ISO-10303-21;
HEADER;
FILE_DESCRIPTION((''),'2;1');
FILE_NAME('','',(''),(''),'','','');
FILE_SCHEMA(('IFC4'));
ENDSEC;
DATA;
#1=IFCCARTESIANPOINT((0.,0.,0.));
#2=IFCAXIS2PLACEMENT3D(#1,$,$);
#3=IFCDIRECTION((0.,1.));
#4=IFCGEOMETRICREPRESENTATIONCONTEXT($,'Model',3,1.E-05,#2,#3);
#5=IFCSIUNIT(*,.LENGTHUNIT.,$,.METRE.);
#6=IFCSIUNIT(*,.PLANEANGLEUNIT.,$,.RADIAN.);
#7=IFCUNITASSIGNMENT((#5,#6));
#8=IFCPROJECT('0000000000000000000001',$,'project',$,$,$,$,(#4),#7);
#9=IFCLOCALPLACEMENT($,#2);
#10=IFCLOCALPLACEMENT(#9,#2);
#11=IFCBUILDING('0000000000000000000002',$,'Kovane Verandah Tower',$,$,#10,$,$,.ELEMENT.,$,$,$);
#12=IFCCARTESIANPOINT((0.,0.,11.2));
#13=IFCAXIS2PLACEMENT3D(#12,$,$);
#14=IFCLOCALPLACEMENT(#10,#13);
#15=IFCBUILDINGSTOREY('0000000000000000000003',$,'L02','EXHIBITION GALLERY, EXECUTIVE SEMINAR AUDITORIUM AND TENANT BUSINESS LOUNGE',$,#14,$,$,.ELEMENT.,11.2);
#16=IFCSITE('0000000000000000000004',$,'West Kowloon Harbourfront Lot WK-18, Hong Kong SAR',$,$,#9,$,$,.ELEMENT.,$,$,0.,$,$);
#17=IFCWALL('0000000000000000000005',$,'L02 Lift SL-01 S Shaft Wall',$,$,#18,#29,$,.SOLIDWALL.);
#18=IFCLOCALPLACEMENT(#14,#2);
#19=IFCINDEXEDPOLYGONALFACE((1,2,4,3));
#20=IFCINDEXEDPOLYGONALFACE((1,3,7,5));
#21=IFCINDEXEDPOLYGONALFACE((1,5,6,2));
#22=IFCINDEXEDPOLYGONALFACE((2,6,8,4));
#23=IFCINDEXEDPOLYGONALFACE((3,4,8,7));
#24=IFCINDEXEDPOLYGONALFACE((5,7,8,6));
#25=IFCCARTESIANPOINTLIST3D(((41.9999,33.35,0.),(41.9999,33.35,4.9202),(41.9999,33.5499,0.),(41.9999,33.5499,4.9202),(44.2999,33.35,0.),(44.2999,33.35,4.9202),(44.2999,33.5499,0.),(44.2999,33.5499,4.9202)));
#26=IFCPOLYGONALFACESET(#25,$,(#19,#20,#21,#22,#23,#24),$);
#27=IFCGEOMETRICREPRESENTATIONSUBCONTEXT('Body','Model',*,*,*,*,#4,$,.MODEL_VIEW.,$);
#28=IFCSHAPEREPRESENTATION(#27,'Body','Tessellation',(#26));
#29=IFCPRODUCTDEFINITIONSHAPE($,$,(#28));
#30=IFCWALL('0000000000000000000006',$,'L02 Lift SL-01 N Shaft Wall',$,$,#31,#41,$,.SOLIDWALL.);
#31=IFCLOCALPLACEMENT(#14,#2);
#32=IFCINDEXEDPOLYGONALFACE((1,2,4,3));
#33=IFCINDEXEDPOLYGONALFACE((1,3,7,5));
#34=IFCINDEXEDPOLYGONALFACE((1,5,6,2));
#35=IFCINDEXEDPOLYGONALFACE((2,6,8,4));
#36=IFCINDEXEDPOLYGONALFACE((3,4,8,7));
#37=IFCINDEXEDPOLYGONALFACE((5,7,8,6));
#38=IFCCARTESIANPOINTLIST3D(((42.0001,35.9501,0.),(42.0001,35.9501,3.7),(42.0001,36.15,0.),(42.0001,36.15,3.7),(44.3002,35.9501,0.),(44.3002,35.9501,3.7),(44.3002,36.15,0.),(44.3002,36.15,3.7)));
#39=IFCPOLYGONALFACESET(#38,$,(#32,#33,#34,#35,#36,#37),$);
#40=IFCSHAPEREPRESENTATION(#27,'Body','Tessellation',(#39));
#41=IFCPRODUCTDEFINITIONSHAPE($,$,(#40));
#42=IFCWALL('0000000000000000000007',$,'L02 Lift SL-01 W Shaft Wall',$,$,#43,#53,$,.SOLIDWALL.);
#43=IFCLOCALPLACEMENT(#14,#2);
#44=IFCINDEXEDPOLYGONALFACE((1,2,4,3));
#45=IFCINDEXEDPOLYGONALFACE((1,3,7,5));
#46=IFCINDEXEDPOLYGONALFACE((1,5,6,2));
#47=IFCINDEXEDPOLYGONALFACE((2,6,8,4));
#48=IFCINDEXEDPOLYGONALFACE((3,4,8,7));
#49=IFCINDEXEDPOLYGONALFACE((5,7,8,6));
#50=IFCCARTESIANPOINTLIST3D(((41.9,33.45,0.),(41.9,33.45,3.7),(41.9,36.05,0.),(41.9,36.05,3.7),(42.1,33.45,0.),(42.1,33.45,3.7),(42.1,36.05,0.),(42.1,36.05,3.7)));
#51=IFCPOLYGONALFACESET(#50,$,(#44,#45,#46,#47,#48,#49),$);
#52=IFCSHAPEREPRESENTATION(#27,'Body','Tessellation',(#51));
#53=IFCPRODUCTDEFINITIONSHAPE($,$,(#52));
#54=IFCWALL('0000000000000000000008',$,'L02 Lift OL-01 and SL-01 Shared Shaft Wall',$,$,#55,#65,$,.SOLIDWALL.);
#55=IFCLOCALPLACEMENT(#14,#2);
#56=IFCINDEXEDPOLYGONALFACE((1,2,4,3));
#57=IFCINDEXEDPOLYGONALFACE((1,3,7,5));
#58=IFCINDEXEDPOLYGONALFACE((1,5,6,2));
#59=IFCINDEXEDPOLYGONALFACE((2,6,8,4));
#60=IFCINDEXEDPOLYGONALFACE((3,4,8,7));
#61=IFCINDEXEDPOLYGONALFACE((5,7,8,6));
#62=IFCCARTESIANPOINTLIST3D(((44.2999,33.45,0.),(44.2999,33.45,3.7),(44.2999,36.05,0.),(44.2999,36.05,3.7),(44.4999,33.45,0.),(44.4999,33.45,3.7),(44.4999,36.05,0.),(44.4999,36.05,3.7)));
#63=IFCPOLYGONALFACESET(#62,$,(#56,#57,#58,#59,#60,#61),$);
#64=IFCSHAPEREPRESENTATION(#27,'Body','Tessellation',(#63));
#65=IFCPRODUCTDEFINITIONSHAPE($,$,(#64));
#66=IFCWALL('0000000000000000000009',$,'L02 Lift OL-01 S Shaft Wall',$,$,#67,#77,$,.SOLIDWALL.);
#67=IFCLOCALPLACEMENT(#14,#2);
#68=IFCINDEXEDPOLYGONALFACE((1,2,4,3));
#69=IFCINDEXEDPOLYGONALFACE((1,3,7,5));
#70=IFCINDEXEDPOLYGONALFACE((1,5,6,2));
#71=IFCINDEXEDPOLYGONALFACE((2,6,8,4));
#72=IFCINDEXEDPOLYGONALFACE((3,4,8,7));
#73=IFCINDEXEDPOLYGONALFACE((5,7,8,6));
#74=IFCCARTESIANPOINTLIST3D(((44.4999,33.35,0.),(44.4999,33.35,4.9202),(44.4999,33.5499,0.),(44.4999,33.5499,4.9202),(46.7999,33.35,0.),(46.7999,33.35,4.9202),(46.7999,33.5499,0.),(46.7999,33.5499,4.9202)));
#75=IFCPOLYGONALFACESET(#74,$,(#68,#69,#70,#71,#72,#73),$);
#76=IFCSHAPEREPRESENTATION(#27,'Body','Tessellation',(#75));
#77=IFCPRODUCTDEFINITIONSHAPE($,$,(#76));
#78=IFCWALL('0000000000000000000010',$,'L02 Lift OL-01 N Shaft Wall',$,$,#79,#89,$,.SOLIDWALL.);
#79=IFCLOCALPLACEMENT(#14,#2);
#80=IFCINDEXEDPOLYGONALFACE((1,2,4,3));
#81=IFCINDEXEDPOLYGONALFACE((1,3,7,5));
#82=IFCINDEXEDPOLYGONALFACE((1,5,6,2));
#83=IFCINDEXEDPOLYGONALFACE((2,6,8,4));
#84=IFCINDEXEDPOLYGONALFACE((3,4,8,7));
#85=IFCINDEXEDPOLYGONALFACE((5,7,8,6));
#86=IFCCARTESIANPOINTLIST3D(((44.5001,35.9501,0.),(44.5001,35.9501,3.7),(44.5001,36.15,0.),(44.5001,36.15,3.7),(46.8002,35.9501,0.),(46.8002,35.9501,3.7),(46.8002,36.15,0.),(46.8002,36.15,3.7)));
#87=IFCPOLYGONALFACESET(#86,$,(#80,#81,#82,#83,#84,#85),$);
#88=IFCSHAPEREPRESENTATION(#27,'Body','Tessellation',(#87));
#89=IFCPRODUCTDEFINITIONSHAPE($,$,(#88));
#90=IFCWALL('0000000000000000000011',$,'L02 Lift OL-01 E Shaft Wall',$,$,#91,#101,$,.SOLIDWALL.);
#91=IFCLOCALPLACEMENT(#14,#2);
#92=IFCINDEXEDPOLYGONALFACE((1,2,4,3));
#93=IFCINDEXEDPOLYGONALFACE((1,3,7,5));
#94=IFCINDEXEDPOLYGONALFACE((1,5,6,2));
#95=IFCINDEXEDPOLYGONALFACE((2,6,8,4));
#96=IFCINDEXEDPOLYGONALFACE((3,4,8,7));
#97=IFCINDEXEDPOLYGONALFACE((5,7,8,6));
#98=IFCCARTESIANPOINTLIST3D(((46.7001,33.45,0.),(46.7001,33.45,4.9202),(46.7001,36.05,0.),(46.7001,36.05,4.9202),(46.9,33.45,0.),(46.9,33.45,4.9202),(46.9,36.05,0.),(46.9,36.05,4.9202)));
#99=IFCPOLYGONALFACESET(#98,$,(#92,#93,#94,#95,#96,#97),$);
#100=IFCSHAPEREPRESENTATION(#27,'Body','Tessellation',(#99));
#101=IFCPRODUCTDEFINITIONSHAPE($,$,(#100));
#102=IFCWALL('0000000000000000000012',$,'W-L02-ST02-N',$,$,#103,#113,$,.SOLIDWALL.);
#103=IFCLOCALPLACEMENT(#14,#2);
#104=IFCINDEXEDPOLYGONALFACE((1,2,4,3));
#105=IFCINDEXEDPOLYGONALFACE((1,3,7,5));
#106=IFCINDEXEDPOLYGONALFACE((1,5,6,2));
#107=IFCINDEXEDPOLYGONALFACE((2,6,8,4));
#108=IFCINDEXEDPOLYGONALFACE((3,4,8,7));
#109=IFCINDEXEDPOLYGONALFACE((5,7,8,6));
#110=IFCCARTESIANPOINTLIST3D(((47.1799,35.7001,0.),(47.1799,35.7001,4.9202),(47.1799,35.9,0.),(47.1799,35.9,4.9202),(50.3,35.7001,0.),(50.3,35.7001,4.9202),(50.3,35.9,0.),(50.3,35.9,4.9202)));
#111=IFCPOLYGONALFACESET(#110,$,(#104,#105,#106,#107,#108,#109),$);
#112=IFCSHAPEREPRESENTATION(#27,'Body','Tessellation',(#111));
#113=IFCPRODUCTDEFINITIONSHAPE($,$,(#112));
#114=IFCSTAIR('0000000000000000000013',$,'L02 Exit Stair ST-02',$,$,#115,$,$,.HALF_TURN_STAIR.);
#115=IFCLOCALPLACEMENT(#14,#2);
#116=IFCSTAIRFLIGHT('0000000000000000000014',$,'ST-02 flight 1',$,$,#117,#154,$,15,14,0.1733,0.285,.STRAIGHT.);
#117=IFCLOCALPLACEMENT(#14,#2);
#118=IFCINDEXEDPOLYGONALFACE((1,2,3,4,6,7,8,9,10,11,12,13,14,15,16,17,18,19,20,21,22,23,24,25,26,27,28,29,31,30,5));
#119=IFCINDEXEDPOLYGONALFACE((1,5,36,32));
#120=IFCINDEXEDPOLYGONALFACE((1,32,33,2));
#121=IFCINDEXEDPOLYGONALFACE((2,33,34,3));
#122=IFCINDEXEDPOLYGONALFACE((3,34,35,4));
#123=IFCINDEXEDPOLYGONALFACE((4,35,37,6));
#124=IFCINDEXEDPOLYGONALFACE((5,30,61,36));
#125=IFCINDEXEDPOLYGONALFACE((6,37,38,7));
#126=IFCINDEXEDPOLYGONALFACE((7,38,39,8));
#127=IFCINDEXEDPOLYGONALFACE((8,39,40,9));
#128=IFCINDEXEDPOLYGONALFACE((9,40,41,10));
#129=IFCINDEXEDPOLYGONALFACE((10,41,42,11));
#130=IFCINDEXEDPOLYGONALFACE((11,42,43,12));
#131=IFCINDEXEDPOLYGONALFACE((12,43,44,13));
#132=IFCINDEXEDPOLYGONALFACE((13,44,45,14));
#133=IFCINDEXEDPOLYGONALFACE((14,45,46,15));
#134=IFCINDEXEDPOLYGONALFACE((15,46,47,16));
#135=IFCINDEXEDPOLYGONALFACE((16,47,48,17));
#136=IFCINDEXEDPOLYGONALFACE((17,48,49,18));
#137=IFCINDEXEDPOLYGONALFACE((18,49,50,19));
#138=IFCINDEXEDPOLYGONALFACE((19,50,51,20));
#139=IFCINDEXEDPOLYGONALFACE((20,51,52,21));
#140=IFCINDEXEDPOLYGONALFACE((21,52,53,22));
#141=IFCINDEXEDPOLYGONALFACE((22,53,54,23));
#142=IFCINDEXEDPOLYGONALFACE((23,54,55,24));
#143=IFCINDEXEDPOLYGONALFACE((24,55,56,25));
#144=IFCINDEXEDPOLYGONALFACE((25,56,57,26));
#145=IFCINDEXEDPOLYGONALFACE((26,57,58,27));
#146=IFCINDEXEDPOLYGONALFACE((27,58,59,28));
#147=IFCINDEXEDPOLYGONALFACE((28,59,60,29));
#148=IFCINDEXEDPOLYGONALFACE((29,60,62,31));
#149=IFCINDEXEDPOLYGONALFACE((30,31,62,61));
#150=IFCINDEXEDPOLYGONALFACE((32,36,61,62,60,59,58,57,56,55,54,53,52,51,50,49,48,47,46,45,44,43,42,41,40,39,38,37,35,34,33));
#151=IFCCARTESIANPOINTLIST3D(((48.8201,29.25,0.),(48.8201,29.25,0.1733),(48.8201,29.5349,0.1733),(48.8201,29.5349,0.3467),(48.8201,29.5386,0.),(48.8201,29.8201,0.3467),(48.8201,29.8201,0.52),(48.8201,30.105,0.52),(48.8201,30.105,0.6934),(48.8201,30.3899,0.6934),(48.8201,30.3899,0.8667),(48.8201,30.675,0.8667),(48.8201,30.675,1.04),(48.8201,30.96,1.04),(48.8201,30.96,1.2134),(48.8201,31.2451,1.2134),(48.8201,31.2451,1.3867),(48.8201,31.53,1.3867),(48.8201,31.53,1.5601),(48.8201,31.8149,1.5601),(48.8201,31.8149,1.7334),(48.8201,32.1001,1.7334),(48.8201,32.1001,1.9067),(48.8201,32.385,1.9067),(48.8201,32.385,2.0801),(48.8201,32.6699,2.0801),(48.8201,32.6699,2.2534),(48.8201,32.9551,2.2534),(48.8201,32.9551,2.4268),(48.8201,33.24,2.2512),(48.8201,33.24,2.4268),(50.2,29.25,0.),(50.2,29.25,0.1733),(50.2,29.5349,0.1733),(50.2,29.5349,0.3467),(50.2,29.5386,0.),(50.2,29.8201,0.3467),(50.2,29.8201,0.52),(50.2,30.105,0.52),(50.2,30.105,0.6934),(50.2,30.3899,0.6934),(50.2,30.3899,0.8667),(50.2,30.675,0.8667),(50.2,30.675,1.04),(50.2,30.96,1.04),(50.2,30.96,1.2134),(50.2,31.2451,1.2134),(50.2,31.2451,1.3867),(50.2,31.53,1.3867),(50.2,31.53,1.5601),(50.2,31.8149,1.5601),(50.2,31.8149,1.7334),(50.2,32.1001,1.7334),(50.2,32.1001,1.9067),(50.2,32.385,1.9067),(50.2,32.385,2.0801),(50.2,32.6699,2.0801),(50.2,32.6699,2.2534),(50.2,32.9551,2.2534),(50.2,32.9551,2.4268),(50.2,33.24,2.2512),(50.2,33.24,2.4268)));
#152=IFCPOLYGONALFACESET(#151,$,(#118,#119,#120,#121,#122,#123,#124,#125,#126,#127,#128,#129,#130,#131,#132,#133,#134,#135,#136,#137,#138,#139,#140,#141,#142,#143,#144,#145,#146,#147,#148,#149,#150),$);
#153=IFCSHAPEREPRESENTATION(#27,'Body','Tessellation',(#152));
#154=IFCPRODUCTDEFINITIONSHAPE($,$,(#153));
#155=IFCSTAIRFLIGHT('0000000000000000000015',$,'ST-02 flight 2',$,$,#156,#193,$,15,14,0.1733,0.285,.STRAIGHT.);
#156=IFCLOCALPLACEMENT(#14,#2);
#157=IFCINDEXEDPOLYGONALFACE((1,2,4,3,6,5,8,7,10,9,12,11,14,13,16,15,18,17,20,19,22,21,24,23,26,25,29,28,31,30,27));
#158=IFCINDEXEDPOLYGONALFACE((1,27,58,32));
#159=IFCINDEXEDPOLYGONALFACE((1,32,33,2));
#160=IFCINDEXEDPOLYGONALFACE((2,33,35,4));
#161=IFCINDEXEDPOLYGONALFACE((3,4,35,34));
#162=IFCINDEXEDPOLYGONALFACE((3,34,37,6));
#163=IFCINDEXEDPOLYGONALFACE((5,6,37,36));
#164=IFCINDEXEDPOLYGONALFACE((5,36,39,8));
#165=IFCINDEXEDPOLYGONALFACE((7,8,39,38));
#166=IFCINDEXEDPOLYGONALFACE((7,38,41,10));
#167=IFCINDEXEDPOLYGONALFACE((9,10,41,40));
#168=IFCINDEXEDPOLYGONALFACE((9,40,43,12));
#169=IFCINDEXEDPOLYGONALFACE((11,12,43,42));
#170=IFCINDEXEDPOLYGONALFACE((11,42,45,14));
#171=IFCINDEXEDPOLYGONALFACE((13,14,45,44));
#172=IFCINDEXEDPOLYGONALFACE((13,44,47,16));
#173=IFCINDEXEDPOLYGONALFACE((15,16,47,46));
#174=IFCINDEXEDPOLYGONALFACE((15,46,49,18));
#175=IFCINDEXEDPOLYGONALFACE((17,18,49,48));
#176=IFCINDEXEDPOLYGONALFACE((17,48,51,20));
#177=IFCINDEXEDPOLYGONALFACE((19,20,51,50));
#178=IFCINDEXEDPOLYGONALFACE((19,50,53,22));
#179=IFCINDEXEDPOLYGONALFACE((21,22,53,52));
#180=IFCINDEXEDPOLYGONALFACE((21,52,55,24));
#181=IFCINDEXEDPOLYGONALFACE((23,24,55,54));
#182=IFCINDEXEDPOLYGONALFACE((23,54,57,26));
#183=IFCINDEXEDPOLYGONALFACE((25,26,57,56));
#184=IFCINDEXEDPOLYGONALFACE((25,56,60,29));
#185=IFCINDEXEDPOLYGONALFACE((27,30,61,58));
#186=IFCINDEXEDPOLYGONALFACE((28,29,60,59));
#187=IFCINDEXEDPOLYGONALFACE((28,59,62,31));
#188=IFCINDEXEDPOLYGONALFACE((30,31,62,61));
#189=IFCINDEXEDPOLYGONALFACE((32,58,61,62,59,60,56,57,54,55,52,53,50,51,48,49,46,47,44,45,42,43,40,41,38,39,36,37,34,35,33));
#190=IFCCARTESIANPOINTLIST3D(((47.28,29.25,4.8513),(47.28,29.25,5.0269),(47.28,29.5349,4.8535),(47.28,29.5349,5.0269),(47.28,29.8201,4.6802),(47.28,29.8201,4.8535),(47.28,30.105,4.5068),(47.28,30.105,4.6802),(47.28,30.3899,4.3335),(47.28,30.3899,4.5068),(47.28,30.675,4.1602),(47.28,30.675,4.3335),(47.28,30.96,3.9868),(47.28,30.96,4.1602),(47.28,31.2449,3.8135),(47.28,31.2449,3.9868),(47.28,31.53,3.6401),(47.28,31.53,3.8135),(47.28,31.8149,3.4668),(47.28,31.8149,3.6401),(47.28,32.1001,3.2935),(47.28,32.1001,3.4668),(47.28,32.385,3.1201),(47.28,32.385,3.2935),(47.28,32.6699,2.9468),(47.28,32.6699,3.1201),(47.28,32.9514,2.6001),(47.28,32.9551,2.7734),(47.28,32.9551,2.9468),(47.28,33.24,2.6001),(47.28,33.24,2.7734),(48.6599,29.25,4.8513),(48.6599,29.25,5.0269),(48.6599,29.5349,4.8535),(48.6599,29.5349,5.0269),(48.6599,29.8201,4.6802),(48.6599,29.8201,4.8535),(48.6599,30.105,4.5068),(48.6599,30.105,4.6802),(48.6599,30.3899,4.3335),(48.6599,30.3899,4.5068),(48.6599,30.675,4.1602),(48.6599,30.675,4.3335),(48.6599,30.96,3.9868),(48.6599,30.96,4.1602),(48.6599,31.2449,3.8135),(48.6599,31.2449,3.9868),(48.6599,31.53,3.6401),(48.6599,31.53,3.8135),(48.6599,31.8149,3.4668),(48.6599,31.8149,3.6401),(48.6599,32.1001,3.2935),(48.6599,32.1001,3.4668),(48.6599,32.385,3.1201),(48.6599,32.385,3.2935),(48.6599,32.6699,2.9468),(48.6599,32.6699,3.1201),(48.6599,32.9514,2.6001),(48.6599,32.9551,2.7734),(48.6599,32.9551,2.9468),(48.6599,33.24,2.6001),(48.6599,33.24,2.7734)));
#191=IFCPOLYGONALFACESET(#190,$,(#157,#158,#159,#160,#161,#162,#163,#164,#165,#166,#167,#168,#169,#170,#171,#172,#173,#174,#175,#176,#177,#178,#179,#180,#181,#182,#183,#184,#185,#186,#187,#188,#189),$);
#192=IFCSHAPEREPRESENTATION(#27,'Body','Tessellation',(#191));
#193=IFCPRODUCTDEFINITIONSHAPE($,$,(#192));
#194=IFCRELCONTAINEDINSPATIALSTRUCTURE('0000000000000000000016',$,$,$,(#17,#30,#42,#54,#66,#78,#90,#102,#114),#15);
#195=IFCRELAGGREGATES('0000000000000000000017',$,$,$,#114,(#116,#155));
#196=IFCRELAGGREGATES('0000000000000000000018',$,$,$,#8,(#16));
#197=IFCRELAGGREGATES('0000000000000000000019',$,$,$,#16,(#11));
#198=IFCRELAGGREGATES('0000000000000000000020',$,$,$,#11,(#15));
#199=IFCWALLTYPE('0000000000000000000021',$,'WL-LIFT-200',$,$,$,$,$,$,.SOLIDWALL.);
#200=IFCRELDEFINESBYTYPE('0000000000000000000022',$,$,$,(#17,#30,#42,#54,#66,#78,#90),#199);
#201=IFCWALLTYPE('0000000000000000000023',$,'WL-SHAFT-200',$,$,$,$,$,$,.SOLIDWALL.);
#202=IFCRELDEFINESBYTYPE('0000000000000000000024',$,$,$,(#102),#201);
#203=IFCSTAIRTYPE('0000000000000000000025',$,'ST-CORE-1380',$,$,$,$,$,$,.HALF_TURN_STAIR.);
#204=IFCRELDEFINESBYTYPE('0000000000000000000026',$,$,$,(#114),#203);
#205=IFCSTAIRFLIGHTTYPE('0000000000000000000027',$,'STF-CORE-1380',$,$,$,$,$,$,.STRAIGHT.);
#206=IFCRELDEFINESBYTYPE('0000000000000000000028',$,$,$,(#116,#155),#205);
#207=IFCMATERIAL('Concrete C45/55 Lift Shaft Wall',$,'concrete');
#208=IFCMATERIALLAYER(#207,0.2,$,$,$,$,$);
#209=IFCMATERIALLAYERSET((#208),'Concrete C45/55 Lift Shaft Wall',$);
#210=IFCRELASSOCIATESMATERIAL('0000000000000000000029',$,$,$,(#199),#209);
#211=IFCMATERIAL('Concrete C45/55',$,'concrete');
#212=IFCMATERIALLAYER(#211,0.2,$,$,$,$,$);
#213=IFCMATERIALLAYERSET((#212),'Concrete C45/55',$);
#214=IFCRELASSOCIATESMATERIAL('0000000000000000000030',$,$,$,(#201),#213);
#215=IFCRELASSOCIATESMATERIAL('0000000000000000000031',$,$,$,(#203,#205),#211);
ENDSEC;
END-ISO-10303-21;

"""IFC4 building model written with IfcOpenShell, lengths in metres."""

from ifc_helpers import new_model, si_unit, direction, frame, frame_2d, origin, place, context, subcontext, project, spatial, polyline, rectangle, outline, extrude, material, layer, layer_set, type_object, element, aggregate, save


model = new_model("IFC4")

# Units and contexts
model_context = context("Model", 3, precision=1e-05, world=origin(), true_north=direction((0.0, 1.0)))
body_context = subcontext(model_context, "Body", "Model", "MODEL_VIEW")
ifc_project = project(units=[si_unit("LENGTHUNIT", "METRE"), si_unit("PLANEANGLEUNIT", "RADIAN")], contexts=[model_context])

# Site, building, storey
site_placement = place(None, origin())
site = spatial("IfcSite", under=ifc_project, at=site_placement, Name="West Kowloon Harbourfront Lot WK-18, Hong Kong SAR", CompositionType="ELEMENT", RefElevation=0.0)
building_placement = place(site_placement, origin())
building = spatial("IfcBuilding", under=site, at=building_placement, Name="Kovane Verandah Tower", CompositionType="ELEMENT")
storey_placement = place(building_placement, frame((0.0, 0.0, 11.2)))
storey = spatial("IfcBuildingStorey", under=building, at=storey_placement, Name="L02", Description="EXHIBITION GALLERY, EXECUTIVE SEMINAR AUDITORIUM AND TENANT BUSINESS LOUNGE", CompositionType="ELEMENT", Elevation=11.2)

# Walls
ifc_material_1 = material(Name="Concrete C45/55 Lift Shaft Wall", Category="concrete")
ifc_layer_1 = layer(ifc_material_1, 0.2)
ifc_layer_set_1 = layer_set([ifc_layer_1], Name="Concrete C45/55 Lift Shaft Wall")
wall_type_1 = type_object("IfcWallType", Name="WL-LIFT-200", PredefinedType="SOLIDWALL", material=ifc_layer_set_1)
wall_1_placement = place(storey_placement, frame((42.0, 33.45, 0.0), z_axis=(0.0, 0.0, 1.0), x_axis=(1.0, 0.0, 0.0)))
element("IfcWall", 1, at=wall_1_placement, inside=storey, type_object=wall_type_1, Name="L02 Lift SL-01 S Shaft Wall", PredefinedType="SOLIDWALL", context=body_context, shape_type="SweptSolid", body=[
    extrude(rectangle(XDim=2.3, YDim=0.2, at=frame_2d((1.1499, 0.0))), origin(), (0.0, 0.0, 1.0), 4.9202),
])
wall_2_placement = place(storey_placement, frame((44.3, 36.05, 0.0), z_axis=(0.0, 0.0, 1.0), x_axis=(-1.0, 0.0, 0.0)))
element("IfcWall", 2, at=wall_2_placement, inside=storey, type_object=wall_type_1, Name="L02 Lift SL-01 N Shaft Wall", PredefinedType="SOLIDWALL", context=body_context, shape_type="SweptSolid", body=[
    extrude(rectangle(XDim=2.3, YDim=0.2, at=frame_2d((1.1499, 0.0))), origin(), (0.0, 0.0, 1.0), 3.7),
])
for number, where, z_axis, x_axis, name in (
    (3, (42.0, 36.05, 0.0), (0.0, 0.0, 1.0), (0.0, -1.0, 0.0), "L02 Lift SL-01 W Shaft Wall"),
    (4, (44.3999, 33.45, 0.0), (0.0, 0.0, 1.0), (0.0, 1.0, 0.0), "L02 Lift OL-01 and SL-01 Shared Shaft Wall"),
):
    element("IfcWall", number, at=place(storey_placement, frame(where, z_axis=z_axis, x_axis=x_axis)), inside=storey, type_object=wall_type_1, Name=name, PredefinedType="SOLIDWALL", context=body_context, shape_type="SweptSolid", body=[
        extrude(rectangle(XDim=2.6001, YDim=0.2, at=frame_2d((1.3, 0.0))), origin(), (0.0, 0.0, 1.0), 3.7),
    ])
wall_3_placement = place(storey_placement, frame((44.5, 33.45, 0.0), z_axis=(0.0, 0.0, 1.0), x_axis=(1.0, 0.0, 0.0)))
element("IfcWall", 5, at=wall_3_placement, inside=storey, type_object=wall_type_1, Name="L02 Lift OL-01 S Shaft Wall", PredefinedType="SOLIDWALL", context=body_context, shape_type="SweptSolid", body=[
    extrude(rectangle(XDim=2.3, YDim=0.2, at=frame_2d((1.1499, 0.0))), origin(), (0.0, 0.0, 1.0), 4.9202),
])
wall_4_placement = place(storey_placement, frame((46.8, 36.05, 0.0), z_axis=(0.0, 0.0, 1.0), x_axis=(-1.0, 0.0, 0.0)))
element("IfcWall", 6, at=wall_4_placement, inside=storey, type_object=wall_type_1, Name="L02 Lift OL-01 N Shaft Wall", PredefinedType="SOLIDWALL", context=body_context, shape_type="SweptSolid", body=[
    extrude(rectangle(XDim=2.3, YDim=0.2, at=frame_2d((1.1499, 0.0))), origin(), (0.0, 0.0, 1.0), 3.7),
])
wall_5_placement = place(storey_placement, frame((46.8, 33.45, 0.0), z_axis=(0.0, 0.0, 1.0), x_axis=(0.0, 1.0, 0.0)))
element("IfcWall", 7, at=wall_5_placement, inside=storey, type_object=wall_type_1, Name="L02 Lift OL-01 E Shaft Wall", PredefinedType="SOLIDWALL", context=body_context, shape_type="SweptSolid", body=[
    extrude(rectangle(XDim=2.6001, YDim=0.2, at=frame_2d((1.3, 0.0))), origin(), (0.0, 0.0, 1.0), 4.9202),
])
ifc_material_2 = material(Name="Concrete C45/55", Category="concrete")
ifc_layer_2 = layer(ifc_material_2, 0.2)
ifc_layer_set_2 = layer_set([ifc_layer_2], Name="Concrete C45/55")
wall_type_2 = type_object("IfcWallType", Name="WL-SHAFT-200", PredefinedType="SOLIDWALL", material=ifc_layer_set_2)
wall_6_placement = place(storey_placement, frame((47.1799, 35.8, 0.0), z_axis=(0.0, 0.0, 1.0), x_axis=(1.0, 0.0, 0.0)))
element("IfcWall", 8, at=wall_6_placement, inside=storey, type_object=wall_type_2, Name="W-L02-ST02-N", PredefinedType="SOLIDWALL", context=body_context, shape_type="SweptSolid", body=[
    extrude(rectangle(XDim=3.1201, YDim=0.2, at=frame_2d((1.5601, 0.0))), origin(), (0.0, 0.0, 1.0), 4.9202),
])

# Stair, stair flights
stair_type = type_object("IfcStairType", Name="ST-CORE-1380", PredefinedType="HALF_TURN_STAIR", material=ifc_material_2)
stair_1_placement = place(storey_placement, origin())
stair_1 = element("IfcStair", 9, at=stair_1_placement, inside=storey, type_object=stair_type, Name="L02 Exit Stair ST-02", PredefinedType="HALF_TURN_STAIR")
stair_flight_type = type_object("IfcStairFlightType", Name="STF-CORE-1380", PredefinedType="STRAIGHT", material=ifc_material_2)
stair_flight_1_placement = place(storey_placement, frame((49.51, 29.25, 0.0), z_axis=(0.0, 0.0, 1.0), x_axis=(0.0, 1.0, 0.0)))
stair_flight_1 = element("IfcStairFlight", 10, at=stair_flight_1_placement, type_object=stair_flight_type, Name="ST-02 flight 1", NumberOfRisers=15, NumberOfTreads=14, PredefinedType="STRAIGHT", RiserHeight=0.1733, TreadLength=0.285, context=body_context, shape_type="SweptSolid", body=[
    extrude(outline(polyline([(0.0, 0.0), (0.0, 0.1733), (0.2849, 0.1733), (0.2849, 0.3467), (0.5701, 0.3467), (0.5701, 0.52), (0.855, 0.52), (0.855, 0.6934), (1.1399, 0.6934), (1.1399, 0.8667), (1.425, 0.8667), (1.425, 1.04), (1.71, 1.04), (1.71, 1.2134), (1.9951, 1.2134), (1.9951, 1.3867), (2.28, 1.3867), (2.28, 1.5601), (2.5649, 1.5601), (2.5649, 1.7334), (2.8501, 1.7334), (2.8501, 1.9067), (3.135, 1.9067), (3.135, 2.0801), (3.4199, 2.0801), (3.4199, 2.2534), (3.7051, 2.2534), (3.7051, 2.4268), (3.99, 2.4268), (3.99, 2.6001), (3.99, 2.2512), (0.2886, 0.0), (0.0, 0.0)])), frame((0.0, 0.6899, 0.0), z_axis=(0.0, -1.0, 0.0), x_axis=(1.0, 0.0, 0.0)), (0.0, 0.0, 1.0), 1.3799),
])
stair_flight_2_placement = place(storey_placement, frame((47.97, 33.24, 2.6001), z_axis=(0.0, 0.0, 1.0), x_axis=(0.0, -1.0, 0.0)))
stair_flight_2 = element("IfcStairFlight", 11, at=stair_flight_2_placement, type_object=stair_flight_type, Name="ST-02 flight 2", NumberOfRisers=15, NumberOfTreads=14, PredefinedType="STRAIGHT", RiserHeight=0.1733, TreadLength=0.285, context=body_context, shape_type="SweptSolid", body=[
    extrude(outline(polyline([(0.0, 0.0), (0.0, 0.1733), (0.2849, 0.1733), (0.2849, 0.3467), (0.5701, 0.3467), (0.5701, 0.52), (0.855, 0.52), (0.855, 0.6934), (1.1399, 0.6934), (1.1399, 0.8667), (1.425, 0.8667), (1.425, 1.04), (1.71, 1.04), (1.71, 1.2134), (1.9951, 1.2134), (1.9951, 1.3867), (2.28, 1.3867), (2.28, 1.5601), (2.5649, 1.5601), (2.5649, 1.7334), (2.8501, 1.7334), (2.8501, 1.9067), (3.135, 1.9067), (3.135, 2.0801), (3.4199, 2.0801), (3.4199, 2.2534), (3.7051, 2.2534), (3.7051, 2.4268), (3.99, 2.4268), (3.99, 2.6001), (3.99, 2.2512), (0.2886, 0.0), (0.0, 0.0)])), frame((0.0, 0.6899, 0.0), z_axis=(0.0, -1.0, 0.0), x_axis=(1.0, 0.0, 0.0)), (0.0, 0.0, 1.0), 1.3799),
])
aggregate(stair_1, [stair_flight_1, stair_flight_2])

save(model, "model.ifc")
